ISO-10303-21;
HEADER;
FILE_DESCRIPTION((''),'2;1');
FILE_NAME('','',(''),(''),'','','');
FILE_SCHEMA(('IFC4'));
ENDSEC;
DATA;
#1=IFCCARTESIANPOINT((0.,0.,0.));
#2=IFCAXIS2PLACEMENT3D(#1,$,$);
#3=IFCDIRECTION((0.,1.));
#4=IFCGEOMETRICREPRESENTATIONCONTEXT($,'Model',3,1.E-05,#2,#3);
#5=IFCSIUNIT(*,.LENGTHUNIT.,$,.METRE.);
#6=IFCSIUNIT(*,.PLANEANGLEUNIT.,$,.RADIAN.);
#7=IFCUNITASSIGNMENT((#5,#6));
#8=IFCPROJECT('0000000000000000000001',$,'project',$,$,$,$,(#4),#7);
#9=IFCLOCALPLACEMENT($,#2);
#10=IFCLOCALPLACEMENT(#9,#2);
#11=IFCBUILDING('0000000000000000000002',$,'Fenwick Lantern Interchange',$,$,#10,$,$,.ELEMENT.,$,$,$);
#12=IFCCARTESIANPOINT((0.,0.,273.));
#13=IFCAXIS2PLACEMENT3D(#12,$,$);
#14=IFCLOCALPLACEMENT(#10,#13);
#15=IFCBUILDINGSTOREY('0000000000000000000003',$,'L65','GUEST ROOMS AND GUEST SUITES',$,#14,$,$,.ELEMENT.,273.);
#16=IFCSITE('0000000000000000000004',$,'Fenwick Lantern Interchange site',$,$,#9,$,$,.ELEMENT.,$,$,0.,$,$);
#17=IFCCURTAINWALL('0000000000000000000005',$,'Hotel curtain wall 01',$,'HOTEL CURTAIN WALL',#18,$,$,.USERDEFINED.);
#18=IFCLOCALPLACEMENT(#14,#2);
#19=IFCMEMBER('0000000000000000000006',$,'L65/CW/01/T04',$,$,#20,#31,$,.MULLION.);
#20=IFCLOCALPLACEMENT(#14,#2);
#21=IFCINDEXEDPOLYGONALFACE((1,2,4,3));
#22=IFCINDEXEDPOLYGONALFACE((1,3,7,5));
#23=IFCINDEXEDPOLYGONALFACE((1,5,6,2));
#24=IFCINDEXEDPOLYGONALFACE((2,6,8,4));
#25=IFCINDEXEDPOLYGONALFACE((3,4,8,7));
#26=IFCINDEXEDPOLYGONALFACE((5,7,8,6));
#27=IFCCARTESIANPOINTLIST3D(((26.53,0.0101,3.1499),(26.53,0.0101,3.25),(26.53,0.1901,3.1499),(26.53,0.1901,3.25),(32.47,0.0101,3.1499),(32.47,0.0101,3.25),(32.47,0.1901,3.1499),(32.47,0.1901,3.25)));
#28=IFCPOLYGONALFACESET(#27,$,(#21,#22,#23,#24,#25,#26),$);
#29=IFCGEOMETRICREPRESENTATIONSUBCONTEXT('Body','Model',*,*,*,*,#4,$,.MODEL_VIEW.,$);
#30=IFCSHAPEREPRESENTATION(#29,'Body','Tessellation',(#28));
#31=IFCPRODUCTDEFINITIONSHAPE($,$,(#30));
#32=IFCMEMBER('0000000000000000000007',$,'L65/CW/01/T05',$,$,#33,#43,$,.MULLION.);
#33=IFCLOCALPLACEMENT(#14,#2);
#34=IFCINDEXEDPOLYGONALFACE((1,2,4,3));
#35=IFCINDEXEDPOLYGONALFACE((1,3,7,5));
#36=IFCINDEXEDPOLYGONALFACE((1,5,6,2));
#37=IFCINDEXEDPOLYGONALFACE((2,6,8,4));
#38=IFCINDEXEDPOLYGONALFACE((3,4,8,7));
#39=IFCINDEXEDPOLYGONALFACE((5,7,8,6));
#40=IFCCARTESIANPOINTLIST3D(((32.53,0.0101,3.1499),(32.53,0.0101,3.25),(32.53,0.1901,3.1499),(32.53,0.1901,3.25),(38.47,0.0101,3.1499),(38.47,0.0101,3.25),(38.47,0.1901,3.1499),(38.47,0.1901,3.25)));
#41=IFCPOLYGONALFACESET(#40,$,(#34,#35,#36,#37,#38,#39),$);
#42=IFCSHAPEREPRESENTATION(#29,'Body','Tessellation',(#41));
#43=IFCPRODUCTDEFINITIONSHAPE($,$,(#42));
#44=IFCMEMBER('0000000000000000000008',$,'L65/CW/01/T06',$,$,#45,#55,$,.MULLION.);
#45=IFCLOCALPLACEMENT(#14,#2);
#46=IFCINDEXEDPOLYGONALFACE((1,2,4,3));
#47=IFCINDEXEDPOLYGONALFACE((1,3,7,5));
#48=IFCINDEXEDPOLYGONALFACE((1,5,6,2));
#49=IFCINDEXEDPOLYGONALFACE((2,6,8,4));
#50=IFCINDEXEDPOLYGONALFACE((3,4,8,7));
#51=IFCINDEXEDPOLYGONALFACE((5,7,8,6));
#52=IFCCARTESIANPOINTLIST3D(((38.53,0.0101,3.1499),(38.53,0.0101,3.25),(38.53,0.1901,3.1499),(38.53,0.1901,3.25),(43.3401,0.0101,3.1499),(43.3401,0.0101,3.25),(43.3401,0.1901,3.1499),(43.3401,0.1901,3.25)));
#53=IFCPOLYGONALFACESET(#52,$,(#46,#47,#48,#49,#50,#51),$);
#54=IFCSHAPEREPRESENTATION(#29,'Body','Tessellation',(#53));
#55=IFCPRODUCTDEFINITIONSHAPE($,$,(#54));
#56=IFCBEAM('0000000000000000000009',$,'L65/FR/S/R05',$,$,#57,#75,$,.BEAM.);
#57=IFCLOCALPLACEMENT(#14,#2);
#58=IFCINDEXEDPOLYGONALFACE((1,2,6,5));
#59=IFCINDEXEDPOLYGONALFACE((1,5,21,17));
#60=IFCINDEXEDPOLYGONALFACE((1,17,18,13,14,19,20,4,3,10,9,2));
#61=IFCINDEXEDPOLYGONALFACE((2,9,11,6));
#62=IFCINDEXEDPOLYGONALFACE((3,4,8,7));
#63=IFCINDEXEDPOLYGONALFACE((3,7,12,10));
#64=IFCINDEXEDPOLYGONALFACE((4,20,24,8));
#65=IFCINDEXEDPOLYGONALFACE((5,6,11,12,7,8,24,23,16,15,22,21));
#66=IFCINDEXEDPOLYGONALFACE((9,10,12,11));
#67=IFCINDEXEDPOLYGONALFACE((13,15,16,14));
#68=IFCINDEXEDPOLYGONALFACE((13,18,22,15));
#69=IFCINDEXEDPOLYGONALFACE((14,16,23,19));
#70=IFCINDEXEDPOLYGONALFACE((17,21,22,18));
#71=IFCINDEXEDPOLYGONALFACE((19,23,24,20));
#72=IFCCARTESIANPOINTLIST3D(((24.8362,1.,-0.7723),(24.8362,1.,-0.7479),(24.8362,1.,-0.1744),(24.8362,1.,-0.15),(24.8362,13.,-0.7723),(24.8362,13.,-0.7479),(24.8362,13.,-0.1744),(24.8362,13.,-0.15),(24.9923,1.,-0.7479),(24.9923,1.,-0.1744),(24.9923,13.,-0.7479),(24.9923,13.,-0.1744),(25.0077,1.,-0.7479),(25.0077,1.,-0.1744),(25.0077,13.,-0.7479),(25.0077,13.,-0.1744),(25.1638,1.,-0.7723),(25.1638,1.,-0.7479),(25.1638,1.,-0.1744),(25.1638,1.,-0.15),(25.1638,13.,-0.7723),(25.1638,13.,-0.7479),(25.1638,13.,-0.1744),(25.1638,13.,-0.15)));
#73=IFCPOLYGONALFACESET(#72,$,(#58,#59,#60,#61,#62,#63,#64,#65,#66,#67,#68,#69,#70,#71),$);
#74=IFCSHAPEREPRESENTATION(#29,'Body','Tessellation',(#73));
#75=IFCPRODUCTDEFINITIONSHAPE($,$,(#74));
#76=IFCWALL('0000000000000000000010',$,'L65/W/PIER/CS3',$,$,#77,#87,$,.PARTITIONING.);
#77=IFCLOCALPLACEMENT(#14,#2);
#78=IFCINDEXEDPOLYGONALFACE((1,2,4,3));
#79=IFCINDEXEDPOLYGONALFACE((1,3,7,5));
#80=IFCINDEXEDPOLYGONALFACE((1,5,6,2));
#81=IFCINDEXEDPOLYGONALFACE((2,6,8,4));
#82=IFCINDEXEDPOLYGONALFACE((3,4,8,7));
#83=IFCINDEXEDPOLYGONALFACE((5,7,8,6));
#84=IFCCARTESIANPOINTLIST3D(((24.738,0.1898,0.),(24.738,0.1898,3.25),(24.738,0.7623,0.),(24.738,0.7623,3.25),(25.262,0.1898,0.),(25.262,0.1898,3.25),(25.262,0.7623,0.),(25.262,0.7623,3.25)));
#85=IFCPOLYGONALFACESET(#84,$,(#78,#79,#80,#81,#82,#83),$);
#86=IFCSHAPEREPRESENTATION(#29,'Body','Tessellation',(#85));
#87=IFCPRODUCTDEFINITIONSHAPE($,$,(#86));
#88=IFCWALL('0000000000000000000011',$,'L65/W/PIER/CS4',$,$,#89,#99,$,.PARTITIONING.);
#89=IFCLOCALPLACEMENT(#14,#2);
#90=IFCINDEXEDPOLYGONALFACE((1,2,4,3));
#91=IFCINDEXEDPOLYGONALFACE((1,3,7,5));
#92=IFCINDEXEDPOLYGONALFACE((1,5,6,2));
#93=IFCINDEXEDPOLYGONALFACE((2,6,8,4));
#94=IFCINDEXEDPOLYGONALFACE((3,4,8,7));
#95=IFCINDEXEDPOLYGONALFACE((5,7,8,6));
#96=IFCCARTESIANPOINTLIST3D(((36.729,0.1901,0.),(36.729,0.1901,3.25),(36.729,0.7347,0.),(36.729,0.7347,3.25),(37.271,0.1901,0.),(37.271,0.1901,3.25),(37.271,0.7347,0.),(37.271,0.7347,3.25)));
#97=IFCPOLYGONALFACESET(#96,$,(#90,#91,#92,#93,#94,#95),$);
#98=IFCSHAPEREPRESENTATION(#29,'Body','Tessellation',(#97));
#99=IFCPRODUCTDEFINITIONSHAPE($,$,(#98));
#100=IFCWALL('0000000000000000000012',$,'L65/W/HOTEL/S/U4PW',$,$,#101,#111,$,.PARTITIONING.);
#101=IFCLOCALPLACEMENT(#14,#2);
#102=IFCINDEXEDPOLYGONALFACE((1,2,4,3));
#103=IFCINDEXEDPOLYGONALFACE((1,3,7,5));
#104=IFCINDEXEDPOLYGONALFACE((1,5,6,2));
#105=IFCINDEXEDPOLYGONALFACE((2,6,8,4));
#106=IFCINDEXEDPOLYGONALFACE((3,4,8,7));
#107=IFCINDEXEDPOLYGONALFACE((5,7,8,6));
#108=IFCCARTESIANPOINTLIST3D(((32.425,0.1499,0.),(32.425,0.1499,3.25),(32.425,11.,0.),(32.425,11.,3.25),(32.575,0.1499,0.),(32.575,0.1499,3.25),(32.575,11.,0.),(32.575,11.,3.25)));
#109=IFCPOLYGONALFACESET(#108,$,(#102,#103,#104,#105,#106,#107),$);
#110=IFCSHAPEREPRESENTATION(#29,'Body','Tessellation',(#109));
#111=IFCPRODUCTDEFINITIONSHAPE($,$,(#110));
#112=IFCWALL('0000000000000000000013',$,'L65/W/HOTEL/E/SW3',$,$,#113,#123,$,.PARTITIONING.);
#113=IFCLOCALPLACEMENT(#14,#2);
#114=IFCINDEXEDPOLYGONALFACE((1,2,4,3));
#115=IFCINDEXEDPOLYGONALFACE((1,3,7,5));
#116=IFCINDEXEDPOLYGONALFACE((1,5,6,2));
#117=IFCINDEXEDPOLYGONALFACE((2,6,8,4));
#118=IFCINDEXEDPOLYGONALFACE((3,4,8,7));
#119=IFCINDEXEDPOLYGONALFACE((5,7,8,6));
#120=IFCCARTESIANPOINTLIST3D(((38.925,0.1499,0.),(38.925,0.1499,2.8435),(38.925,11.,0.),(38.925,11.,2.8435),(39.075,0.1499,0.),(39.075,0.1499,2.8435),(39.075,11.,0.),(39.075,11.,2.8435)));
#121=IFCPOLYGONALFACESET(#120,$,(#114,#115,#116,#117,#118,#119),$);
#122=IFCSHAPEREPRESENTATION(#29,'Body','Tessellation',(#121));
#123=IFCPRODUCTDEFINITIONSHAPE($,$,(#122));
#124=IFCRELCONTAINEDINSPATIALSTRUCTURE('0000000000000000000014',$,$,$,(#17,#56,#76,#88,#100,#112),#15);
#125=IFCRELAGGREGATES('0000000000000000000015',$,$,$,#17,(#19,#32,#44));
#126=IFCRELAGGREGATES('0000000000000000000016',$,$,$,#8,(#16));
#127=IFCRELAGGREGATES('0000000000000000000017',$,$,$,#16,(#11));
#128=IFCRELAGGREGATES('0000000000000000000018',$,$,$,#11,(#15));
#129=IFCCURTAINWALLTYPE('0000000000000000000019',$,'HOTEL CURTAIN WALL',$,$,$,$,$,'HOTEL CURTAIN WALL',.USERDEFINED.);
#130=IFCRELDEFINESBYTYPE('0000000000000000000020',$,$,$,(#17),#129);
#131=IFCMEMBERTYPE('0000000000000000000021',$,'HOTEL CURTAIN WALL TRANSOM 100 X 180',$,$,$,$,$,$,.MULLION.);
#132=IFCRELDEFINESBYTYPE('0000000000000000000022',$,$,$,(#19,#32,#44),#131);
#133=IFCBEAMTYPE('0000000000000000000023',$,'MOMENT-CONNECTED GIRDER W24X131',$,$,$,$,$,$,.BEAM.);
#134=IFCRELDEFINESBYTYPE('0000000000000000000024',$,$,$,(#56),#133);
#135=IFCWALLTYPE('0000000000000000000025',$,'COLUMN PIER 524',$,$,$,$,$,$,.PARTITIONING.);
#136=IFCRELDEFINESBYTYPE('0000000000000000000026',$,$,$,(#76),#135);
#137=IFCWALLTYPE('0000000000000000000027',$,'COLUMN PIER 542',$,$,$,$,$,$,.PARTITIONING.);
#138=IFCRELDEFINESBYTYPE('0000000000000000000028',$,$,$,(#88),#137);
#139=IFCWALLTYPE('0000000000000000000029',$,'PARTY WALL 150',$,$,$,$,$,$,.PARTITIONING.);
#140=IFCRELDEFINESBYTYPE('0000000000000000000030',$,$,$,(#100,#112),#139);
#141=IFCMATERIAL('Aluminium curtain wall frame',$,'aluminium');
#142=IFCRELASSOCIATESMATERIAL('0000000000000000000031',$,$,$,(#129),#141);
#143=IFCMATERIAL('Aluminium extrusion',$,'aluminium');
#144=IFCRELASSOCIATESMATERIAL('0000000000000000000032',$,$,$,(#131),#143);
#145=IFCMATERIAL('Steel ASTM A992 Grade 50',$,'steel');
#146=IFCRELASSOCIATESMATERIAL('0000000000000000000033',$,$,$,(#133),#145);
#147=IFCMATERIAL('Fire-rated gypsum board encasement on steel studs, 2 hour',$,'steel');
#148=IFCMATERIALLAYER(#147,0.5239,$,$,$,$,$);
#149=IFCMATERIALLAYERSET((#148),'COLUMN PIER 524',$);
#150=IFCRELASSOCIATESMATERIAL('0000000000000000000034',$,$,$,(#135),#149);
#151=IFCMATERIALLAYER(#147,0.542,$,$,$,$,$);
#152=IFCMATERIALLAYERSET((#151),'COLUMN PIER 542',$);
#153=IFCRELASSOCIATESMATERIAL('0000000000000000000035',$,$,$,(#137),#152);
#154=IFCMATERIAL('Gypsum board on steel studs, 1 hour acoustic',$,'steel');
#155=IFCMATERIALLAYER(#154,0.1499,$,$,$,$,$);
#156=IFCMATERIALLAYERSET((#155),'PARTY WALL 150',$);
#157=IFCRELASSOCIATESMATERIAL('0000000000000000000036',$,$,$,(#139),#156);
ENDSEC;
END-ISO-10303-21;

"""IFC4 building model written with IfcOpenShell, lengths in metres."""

from ifc_helpers import new_model, si_unit, direction, frame, frame_2d, origin, origin_2d, place, context, subcontext, project, spatial, rectangle, i_section, extrude, material, layer, layer_set, material_profile, profile_set, type_object, element, aggregate, save


model = new_model("IFC4")

# Units and contexts
model_context = context("Model", 3, precision=1e-05, world=origin(), true_north=direction((0.0, 1.0)))
body_context = subcontext(model_context, "Body", "Model", "MODEL_VIEW")
ifc_project = project(units=[si_unit("LENGTHUNIT", "METRE"), si_unit("PLANEANGLEUNIT", "RADIAN")], contexts=[model_context])

# Site, building, storey
site_placement = place(None, origin())
site = spatial("IfcSite", under=ifc_project, at=site_placement, Name="Fenwick Lantern Interchange site", CompositionType="ELEMENT", RefElevation=0.0)
building_placement = place(site_placement, origin())
building = spatial("IfcBuilding", under=site, at=building_placement, Name="Fenwick Lantern Interchange", CompositionType="ELEMENT")
storey_placement = place(building_placement, frame((0.0, 0.0, 273.0)))
storey = spatial("IfcBuildingStorey", under=building, at=storey_placement, Name="L65", Description="GUEST ROOMS AND GUEST SUITES", CompositionType="ELEMENT", Elevation=273.0)

# Shared definitions
ifc_material_1 = material(Name="Steel ASTM A992 Grade 50", Category="steel")

# Curtain wall, members
ifc_material_2 = material(Name="Aluminium curtain wall frame", Category="aluminium")
curtain_wall_type = type_object("IfcCurtainWallType", Name="HOTEL CURTAIN WALL", ElementType="HOTEL CURTAIN WALL", PredefinedType="USERDEFINED", material=ifc_material_2)
curtain_wall_placement = place(storey_placement, origin())
curtain_wall = element("IfcCurtainWall", 1, at=curtain_wall_placement, inside=storey, type_object=curtain_wall_type, Name="Hotel curtain wall 01", ObjectType="HOTEL CURTAIN WALL", PredefinedType="USERDEFINED")
ifc_material_3 = material(Name="Aluminium extrusion", Category="aluminium")
ifc_material_profile_1 = material_profile(ifc_material_3, rectangle(XDim=0.1799, YDim=0.1001, at=origin_2d()), Name="HOTEL CURTAIN WALL TRANSOM 100 X 180")
ifc_profile_set_1 = profile_set([ifc_material_profile_1], Name="Aluminium extrusion")
member_type_1 = type_object("IfcMemberType", Name="HOTEL CURTAIN WALL TRANSOM 100 X 180", PredefinedType="MULLION", material=ifc_profile_set_1)
member_1_placement = place(storey_placement, frame((26.53, 0.1001, 3.2), z_axis=(1.0, 0.0, 0.0), x_axis=(0.0, 1.0, 0.0)))
member_1 = element("IfcMember", 2, at=member_1_placement, type_object=member_type_1, Name="L65/CW/01/T04", PredefinedType="MULLION", context=body_context, shape_type="SweptSolid", body=[
    extrude(rectangle(XDim=0.1799, YDim=0.1001, at=origin_2d()), origin(), (0.0, 0.0, 1.0), 5.9399),
])
member_2_placement = place(storey_placement, frame((32.53, 0.1001, 3.2), z_axis=(1.0, 0.0, 0.0), x_axis=(0.0, 1.0, 0.0)))
member_2 = element("IfcMember", 3, at=member_2_placement, type_object=member_type_1, Name="L65/CW/01/T05", PredefinedType="MULLION", context=body_context, shape_type="SweptSolid", body=[
    extrude(rectangle(XDim=0.1799, YDim=0.1001, at=origin_2d()), origin(), (0.0, 0.0, 1.0), 5.9399),
])
member_3_placement = place(storey_placement, frame((38.53, 0.1001, 3.2), z_axis=(1.0, 0.0, 0.0), x_axis=(0.0, 1.0, 0.0)))
member_3 = element("IfcMember", 4, at=member_3_placement, type_object=member_type_1, Name="L65/CW/01/T06", PredefinedType="MULLION", context=body_context, shape_type="SweptSolid", body=[
    extrude(rectangle(XDim=0.1799, YDim=0.1001, at=origin_2d()), origin(), (0.0, 0.0, 1.0), 4.8101),
])
aggregate(curtain_wall, [member_1, member_2, member_3])

# Beam
ifc_material_profile_2 = material_profile(ifc_material_1, i_section(OverallWidth=0.3276, OverallDepth=0.6223, WebThickness=0.0154, FlangeThickness=0.0244, at=origin_2d()), Name="W24X131")
ifc_profile_set_2 = profile_set([ifc_material_profile_2], Name="Steel ASTM A992 Grade 50")
beam_type_1 = type_object("IfcBeamType", Name="MOMENT-CONNECTED GIRDER W24X131", PredefinedType="BEAM", material=ifc_profile_set_2)
beam_1_placement = place(storey_placement, frame((25.0, 1.0, -0.4612), z_axis=(0.0, 1.0, 0.0), x_axis=(-1.0, 0.0, 0.0)))
element("IfcBeam", 5, at=beam_1_placement, inside=storey, type_object=beam_type_1, Name="L65/FR/S/R05", PredefinedType="BEAM", context=body_context, shape_type="SweptSolid", body=[
    extrude(i_section(OverallWidth=0.3276, OverallDepth=0.6223, WebThickness=0.0154, FlangeThickness=0.0244, at=origin_2d()), origin(), (0.0, 0.0, 1.0), 12.0),
])

# Walls
ifc_material_4 = material(Name="Fire-rated gypsum board encasement on steel studs, 2 hour", Category="steel")
ifc_layer_1 = layer(ifc_material_4, 0.5239)
ifc_layer_set_1 = layer_set([ifc_layer_1], Name="COLUMN PIER 524")
wall_type_1 = type_object("IfcWallType", Name="COLUMN PIER 524", PredefinedType="PARTITIONING", material=ifc_layer_set_1)
wall_1_placement = place(storey_placement, frame((25.0, 0.1899, 0.0), z_axis=(0.0, 0.0, 1.0), x_axis=(0.0, 1.0, 0.0)))
element("IfcWall", 6, at=wall_1_placement, inside=storey, type_object=wall_type_1, Name="L65/W/PIER/CS3", PredefinedType="PARTITIONING", context=body_context, shape_type="SweptSolid", body=[
    extrude(rectangle(XDim=0.5725, YDim=0.5239, at=frame_2d((0.2861, 0.0))), origin(), (0.0, 0.0, 1.0), 3.25),
])
ifc_layer_2 = layer(ifc_material_4, 0.542)
ifc_layer_set_2 = layer_set([ifc_layer_2], Name="COLUMN PIER 542")
wall_type_2 = type_object("IfcWallType", Name="COLUMN PIER 542", PredefinedType="PARTITIONING", material=ifc_layer_set_2)
wall_2_placement = place(storey_placement, frame((37.0, 0.1899, 0.0), z_axis=(0.0, 0.0, 1.0), x_axis=(0.0, 1.0, 0.0)))
element("IfcWall", 7, at=wall_2_placement, inside=storey, type_object=wall_type_2, Name="L65/W/PIER/CS4", PredefinedType="PARTITIONING", context=body_context, shape_type="SweptSolid", body=[
    extrude(rectangle(XDim=0.5447, YDim=0.542, at=frame_2d((0.2725, 0.0))), origin(), (0.0, 0.0, 1.0), 3.25),
])
ifc_material_5 = material(Name="Gypsum board on steel studs, 1 hour acoustic", Category="steel")
ifc_layer_3 = layer(ifc_material_5, 0.1499)
ifc_layer_set_3 = layer_set([ifc_layer_3], Name="PARTY WALL 150")
wall_type_3 = type_object("IfcWallType", Name="PARTY WALL 150", PredefinedType="PARTITIONING", material=ifc_layer_set_3)
wall_3_placement = place(storey_placement, frame((32.5, 0.1499, 0.0), z_axis=(0.0, 0.0, 1.0), x_axis=(0.0, 1.0, 0.0)))
element("IfcWall", 8, at=wall_3_placement, inside=storey, type_object=wall_type_3, Name="L65/W/HOTEL/S/U4PW", PredefinedType="PARTITIONING", context=body_context, shape_type="SweptSolid", body=[
    extrude(rectangle(XDim=10.8501, YDim=0.1499, at=frame_2d((5.425, 0.0))), origin(), (0.0, 0.0, 1.0), 3.25),
])
wall_4_placement = place(storey_placement, frame((39.0, 0.1499, 0.0), z_axis=(0.0, 0.0, 1.0), x_axis=(0.0, 1.0, 0.0)))
element("IfcWall", 9, at=wall_4_placement, inside=storey, type_object=wall_type_3, Name="L65/W/HOTEL/E/SW3", PredefinedType="PARTITIONING", context=body_context, shape_type="SweptSolid", body=[
    extrude(rectangle(XDim=10.8501, YDim=0.1499, at=frame_2d((5.425, 0.0))), origin(), (0.0, 0.0, 1.0), 2.8435),
])

save(model, "model.ifc")
